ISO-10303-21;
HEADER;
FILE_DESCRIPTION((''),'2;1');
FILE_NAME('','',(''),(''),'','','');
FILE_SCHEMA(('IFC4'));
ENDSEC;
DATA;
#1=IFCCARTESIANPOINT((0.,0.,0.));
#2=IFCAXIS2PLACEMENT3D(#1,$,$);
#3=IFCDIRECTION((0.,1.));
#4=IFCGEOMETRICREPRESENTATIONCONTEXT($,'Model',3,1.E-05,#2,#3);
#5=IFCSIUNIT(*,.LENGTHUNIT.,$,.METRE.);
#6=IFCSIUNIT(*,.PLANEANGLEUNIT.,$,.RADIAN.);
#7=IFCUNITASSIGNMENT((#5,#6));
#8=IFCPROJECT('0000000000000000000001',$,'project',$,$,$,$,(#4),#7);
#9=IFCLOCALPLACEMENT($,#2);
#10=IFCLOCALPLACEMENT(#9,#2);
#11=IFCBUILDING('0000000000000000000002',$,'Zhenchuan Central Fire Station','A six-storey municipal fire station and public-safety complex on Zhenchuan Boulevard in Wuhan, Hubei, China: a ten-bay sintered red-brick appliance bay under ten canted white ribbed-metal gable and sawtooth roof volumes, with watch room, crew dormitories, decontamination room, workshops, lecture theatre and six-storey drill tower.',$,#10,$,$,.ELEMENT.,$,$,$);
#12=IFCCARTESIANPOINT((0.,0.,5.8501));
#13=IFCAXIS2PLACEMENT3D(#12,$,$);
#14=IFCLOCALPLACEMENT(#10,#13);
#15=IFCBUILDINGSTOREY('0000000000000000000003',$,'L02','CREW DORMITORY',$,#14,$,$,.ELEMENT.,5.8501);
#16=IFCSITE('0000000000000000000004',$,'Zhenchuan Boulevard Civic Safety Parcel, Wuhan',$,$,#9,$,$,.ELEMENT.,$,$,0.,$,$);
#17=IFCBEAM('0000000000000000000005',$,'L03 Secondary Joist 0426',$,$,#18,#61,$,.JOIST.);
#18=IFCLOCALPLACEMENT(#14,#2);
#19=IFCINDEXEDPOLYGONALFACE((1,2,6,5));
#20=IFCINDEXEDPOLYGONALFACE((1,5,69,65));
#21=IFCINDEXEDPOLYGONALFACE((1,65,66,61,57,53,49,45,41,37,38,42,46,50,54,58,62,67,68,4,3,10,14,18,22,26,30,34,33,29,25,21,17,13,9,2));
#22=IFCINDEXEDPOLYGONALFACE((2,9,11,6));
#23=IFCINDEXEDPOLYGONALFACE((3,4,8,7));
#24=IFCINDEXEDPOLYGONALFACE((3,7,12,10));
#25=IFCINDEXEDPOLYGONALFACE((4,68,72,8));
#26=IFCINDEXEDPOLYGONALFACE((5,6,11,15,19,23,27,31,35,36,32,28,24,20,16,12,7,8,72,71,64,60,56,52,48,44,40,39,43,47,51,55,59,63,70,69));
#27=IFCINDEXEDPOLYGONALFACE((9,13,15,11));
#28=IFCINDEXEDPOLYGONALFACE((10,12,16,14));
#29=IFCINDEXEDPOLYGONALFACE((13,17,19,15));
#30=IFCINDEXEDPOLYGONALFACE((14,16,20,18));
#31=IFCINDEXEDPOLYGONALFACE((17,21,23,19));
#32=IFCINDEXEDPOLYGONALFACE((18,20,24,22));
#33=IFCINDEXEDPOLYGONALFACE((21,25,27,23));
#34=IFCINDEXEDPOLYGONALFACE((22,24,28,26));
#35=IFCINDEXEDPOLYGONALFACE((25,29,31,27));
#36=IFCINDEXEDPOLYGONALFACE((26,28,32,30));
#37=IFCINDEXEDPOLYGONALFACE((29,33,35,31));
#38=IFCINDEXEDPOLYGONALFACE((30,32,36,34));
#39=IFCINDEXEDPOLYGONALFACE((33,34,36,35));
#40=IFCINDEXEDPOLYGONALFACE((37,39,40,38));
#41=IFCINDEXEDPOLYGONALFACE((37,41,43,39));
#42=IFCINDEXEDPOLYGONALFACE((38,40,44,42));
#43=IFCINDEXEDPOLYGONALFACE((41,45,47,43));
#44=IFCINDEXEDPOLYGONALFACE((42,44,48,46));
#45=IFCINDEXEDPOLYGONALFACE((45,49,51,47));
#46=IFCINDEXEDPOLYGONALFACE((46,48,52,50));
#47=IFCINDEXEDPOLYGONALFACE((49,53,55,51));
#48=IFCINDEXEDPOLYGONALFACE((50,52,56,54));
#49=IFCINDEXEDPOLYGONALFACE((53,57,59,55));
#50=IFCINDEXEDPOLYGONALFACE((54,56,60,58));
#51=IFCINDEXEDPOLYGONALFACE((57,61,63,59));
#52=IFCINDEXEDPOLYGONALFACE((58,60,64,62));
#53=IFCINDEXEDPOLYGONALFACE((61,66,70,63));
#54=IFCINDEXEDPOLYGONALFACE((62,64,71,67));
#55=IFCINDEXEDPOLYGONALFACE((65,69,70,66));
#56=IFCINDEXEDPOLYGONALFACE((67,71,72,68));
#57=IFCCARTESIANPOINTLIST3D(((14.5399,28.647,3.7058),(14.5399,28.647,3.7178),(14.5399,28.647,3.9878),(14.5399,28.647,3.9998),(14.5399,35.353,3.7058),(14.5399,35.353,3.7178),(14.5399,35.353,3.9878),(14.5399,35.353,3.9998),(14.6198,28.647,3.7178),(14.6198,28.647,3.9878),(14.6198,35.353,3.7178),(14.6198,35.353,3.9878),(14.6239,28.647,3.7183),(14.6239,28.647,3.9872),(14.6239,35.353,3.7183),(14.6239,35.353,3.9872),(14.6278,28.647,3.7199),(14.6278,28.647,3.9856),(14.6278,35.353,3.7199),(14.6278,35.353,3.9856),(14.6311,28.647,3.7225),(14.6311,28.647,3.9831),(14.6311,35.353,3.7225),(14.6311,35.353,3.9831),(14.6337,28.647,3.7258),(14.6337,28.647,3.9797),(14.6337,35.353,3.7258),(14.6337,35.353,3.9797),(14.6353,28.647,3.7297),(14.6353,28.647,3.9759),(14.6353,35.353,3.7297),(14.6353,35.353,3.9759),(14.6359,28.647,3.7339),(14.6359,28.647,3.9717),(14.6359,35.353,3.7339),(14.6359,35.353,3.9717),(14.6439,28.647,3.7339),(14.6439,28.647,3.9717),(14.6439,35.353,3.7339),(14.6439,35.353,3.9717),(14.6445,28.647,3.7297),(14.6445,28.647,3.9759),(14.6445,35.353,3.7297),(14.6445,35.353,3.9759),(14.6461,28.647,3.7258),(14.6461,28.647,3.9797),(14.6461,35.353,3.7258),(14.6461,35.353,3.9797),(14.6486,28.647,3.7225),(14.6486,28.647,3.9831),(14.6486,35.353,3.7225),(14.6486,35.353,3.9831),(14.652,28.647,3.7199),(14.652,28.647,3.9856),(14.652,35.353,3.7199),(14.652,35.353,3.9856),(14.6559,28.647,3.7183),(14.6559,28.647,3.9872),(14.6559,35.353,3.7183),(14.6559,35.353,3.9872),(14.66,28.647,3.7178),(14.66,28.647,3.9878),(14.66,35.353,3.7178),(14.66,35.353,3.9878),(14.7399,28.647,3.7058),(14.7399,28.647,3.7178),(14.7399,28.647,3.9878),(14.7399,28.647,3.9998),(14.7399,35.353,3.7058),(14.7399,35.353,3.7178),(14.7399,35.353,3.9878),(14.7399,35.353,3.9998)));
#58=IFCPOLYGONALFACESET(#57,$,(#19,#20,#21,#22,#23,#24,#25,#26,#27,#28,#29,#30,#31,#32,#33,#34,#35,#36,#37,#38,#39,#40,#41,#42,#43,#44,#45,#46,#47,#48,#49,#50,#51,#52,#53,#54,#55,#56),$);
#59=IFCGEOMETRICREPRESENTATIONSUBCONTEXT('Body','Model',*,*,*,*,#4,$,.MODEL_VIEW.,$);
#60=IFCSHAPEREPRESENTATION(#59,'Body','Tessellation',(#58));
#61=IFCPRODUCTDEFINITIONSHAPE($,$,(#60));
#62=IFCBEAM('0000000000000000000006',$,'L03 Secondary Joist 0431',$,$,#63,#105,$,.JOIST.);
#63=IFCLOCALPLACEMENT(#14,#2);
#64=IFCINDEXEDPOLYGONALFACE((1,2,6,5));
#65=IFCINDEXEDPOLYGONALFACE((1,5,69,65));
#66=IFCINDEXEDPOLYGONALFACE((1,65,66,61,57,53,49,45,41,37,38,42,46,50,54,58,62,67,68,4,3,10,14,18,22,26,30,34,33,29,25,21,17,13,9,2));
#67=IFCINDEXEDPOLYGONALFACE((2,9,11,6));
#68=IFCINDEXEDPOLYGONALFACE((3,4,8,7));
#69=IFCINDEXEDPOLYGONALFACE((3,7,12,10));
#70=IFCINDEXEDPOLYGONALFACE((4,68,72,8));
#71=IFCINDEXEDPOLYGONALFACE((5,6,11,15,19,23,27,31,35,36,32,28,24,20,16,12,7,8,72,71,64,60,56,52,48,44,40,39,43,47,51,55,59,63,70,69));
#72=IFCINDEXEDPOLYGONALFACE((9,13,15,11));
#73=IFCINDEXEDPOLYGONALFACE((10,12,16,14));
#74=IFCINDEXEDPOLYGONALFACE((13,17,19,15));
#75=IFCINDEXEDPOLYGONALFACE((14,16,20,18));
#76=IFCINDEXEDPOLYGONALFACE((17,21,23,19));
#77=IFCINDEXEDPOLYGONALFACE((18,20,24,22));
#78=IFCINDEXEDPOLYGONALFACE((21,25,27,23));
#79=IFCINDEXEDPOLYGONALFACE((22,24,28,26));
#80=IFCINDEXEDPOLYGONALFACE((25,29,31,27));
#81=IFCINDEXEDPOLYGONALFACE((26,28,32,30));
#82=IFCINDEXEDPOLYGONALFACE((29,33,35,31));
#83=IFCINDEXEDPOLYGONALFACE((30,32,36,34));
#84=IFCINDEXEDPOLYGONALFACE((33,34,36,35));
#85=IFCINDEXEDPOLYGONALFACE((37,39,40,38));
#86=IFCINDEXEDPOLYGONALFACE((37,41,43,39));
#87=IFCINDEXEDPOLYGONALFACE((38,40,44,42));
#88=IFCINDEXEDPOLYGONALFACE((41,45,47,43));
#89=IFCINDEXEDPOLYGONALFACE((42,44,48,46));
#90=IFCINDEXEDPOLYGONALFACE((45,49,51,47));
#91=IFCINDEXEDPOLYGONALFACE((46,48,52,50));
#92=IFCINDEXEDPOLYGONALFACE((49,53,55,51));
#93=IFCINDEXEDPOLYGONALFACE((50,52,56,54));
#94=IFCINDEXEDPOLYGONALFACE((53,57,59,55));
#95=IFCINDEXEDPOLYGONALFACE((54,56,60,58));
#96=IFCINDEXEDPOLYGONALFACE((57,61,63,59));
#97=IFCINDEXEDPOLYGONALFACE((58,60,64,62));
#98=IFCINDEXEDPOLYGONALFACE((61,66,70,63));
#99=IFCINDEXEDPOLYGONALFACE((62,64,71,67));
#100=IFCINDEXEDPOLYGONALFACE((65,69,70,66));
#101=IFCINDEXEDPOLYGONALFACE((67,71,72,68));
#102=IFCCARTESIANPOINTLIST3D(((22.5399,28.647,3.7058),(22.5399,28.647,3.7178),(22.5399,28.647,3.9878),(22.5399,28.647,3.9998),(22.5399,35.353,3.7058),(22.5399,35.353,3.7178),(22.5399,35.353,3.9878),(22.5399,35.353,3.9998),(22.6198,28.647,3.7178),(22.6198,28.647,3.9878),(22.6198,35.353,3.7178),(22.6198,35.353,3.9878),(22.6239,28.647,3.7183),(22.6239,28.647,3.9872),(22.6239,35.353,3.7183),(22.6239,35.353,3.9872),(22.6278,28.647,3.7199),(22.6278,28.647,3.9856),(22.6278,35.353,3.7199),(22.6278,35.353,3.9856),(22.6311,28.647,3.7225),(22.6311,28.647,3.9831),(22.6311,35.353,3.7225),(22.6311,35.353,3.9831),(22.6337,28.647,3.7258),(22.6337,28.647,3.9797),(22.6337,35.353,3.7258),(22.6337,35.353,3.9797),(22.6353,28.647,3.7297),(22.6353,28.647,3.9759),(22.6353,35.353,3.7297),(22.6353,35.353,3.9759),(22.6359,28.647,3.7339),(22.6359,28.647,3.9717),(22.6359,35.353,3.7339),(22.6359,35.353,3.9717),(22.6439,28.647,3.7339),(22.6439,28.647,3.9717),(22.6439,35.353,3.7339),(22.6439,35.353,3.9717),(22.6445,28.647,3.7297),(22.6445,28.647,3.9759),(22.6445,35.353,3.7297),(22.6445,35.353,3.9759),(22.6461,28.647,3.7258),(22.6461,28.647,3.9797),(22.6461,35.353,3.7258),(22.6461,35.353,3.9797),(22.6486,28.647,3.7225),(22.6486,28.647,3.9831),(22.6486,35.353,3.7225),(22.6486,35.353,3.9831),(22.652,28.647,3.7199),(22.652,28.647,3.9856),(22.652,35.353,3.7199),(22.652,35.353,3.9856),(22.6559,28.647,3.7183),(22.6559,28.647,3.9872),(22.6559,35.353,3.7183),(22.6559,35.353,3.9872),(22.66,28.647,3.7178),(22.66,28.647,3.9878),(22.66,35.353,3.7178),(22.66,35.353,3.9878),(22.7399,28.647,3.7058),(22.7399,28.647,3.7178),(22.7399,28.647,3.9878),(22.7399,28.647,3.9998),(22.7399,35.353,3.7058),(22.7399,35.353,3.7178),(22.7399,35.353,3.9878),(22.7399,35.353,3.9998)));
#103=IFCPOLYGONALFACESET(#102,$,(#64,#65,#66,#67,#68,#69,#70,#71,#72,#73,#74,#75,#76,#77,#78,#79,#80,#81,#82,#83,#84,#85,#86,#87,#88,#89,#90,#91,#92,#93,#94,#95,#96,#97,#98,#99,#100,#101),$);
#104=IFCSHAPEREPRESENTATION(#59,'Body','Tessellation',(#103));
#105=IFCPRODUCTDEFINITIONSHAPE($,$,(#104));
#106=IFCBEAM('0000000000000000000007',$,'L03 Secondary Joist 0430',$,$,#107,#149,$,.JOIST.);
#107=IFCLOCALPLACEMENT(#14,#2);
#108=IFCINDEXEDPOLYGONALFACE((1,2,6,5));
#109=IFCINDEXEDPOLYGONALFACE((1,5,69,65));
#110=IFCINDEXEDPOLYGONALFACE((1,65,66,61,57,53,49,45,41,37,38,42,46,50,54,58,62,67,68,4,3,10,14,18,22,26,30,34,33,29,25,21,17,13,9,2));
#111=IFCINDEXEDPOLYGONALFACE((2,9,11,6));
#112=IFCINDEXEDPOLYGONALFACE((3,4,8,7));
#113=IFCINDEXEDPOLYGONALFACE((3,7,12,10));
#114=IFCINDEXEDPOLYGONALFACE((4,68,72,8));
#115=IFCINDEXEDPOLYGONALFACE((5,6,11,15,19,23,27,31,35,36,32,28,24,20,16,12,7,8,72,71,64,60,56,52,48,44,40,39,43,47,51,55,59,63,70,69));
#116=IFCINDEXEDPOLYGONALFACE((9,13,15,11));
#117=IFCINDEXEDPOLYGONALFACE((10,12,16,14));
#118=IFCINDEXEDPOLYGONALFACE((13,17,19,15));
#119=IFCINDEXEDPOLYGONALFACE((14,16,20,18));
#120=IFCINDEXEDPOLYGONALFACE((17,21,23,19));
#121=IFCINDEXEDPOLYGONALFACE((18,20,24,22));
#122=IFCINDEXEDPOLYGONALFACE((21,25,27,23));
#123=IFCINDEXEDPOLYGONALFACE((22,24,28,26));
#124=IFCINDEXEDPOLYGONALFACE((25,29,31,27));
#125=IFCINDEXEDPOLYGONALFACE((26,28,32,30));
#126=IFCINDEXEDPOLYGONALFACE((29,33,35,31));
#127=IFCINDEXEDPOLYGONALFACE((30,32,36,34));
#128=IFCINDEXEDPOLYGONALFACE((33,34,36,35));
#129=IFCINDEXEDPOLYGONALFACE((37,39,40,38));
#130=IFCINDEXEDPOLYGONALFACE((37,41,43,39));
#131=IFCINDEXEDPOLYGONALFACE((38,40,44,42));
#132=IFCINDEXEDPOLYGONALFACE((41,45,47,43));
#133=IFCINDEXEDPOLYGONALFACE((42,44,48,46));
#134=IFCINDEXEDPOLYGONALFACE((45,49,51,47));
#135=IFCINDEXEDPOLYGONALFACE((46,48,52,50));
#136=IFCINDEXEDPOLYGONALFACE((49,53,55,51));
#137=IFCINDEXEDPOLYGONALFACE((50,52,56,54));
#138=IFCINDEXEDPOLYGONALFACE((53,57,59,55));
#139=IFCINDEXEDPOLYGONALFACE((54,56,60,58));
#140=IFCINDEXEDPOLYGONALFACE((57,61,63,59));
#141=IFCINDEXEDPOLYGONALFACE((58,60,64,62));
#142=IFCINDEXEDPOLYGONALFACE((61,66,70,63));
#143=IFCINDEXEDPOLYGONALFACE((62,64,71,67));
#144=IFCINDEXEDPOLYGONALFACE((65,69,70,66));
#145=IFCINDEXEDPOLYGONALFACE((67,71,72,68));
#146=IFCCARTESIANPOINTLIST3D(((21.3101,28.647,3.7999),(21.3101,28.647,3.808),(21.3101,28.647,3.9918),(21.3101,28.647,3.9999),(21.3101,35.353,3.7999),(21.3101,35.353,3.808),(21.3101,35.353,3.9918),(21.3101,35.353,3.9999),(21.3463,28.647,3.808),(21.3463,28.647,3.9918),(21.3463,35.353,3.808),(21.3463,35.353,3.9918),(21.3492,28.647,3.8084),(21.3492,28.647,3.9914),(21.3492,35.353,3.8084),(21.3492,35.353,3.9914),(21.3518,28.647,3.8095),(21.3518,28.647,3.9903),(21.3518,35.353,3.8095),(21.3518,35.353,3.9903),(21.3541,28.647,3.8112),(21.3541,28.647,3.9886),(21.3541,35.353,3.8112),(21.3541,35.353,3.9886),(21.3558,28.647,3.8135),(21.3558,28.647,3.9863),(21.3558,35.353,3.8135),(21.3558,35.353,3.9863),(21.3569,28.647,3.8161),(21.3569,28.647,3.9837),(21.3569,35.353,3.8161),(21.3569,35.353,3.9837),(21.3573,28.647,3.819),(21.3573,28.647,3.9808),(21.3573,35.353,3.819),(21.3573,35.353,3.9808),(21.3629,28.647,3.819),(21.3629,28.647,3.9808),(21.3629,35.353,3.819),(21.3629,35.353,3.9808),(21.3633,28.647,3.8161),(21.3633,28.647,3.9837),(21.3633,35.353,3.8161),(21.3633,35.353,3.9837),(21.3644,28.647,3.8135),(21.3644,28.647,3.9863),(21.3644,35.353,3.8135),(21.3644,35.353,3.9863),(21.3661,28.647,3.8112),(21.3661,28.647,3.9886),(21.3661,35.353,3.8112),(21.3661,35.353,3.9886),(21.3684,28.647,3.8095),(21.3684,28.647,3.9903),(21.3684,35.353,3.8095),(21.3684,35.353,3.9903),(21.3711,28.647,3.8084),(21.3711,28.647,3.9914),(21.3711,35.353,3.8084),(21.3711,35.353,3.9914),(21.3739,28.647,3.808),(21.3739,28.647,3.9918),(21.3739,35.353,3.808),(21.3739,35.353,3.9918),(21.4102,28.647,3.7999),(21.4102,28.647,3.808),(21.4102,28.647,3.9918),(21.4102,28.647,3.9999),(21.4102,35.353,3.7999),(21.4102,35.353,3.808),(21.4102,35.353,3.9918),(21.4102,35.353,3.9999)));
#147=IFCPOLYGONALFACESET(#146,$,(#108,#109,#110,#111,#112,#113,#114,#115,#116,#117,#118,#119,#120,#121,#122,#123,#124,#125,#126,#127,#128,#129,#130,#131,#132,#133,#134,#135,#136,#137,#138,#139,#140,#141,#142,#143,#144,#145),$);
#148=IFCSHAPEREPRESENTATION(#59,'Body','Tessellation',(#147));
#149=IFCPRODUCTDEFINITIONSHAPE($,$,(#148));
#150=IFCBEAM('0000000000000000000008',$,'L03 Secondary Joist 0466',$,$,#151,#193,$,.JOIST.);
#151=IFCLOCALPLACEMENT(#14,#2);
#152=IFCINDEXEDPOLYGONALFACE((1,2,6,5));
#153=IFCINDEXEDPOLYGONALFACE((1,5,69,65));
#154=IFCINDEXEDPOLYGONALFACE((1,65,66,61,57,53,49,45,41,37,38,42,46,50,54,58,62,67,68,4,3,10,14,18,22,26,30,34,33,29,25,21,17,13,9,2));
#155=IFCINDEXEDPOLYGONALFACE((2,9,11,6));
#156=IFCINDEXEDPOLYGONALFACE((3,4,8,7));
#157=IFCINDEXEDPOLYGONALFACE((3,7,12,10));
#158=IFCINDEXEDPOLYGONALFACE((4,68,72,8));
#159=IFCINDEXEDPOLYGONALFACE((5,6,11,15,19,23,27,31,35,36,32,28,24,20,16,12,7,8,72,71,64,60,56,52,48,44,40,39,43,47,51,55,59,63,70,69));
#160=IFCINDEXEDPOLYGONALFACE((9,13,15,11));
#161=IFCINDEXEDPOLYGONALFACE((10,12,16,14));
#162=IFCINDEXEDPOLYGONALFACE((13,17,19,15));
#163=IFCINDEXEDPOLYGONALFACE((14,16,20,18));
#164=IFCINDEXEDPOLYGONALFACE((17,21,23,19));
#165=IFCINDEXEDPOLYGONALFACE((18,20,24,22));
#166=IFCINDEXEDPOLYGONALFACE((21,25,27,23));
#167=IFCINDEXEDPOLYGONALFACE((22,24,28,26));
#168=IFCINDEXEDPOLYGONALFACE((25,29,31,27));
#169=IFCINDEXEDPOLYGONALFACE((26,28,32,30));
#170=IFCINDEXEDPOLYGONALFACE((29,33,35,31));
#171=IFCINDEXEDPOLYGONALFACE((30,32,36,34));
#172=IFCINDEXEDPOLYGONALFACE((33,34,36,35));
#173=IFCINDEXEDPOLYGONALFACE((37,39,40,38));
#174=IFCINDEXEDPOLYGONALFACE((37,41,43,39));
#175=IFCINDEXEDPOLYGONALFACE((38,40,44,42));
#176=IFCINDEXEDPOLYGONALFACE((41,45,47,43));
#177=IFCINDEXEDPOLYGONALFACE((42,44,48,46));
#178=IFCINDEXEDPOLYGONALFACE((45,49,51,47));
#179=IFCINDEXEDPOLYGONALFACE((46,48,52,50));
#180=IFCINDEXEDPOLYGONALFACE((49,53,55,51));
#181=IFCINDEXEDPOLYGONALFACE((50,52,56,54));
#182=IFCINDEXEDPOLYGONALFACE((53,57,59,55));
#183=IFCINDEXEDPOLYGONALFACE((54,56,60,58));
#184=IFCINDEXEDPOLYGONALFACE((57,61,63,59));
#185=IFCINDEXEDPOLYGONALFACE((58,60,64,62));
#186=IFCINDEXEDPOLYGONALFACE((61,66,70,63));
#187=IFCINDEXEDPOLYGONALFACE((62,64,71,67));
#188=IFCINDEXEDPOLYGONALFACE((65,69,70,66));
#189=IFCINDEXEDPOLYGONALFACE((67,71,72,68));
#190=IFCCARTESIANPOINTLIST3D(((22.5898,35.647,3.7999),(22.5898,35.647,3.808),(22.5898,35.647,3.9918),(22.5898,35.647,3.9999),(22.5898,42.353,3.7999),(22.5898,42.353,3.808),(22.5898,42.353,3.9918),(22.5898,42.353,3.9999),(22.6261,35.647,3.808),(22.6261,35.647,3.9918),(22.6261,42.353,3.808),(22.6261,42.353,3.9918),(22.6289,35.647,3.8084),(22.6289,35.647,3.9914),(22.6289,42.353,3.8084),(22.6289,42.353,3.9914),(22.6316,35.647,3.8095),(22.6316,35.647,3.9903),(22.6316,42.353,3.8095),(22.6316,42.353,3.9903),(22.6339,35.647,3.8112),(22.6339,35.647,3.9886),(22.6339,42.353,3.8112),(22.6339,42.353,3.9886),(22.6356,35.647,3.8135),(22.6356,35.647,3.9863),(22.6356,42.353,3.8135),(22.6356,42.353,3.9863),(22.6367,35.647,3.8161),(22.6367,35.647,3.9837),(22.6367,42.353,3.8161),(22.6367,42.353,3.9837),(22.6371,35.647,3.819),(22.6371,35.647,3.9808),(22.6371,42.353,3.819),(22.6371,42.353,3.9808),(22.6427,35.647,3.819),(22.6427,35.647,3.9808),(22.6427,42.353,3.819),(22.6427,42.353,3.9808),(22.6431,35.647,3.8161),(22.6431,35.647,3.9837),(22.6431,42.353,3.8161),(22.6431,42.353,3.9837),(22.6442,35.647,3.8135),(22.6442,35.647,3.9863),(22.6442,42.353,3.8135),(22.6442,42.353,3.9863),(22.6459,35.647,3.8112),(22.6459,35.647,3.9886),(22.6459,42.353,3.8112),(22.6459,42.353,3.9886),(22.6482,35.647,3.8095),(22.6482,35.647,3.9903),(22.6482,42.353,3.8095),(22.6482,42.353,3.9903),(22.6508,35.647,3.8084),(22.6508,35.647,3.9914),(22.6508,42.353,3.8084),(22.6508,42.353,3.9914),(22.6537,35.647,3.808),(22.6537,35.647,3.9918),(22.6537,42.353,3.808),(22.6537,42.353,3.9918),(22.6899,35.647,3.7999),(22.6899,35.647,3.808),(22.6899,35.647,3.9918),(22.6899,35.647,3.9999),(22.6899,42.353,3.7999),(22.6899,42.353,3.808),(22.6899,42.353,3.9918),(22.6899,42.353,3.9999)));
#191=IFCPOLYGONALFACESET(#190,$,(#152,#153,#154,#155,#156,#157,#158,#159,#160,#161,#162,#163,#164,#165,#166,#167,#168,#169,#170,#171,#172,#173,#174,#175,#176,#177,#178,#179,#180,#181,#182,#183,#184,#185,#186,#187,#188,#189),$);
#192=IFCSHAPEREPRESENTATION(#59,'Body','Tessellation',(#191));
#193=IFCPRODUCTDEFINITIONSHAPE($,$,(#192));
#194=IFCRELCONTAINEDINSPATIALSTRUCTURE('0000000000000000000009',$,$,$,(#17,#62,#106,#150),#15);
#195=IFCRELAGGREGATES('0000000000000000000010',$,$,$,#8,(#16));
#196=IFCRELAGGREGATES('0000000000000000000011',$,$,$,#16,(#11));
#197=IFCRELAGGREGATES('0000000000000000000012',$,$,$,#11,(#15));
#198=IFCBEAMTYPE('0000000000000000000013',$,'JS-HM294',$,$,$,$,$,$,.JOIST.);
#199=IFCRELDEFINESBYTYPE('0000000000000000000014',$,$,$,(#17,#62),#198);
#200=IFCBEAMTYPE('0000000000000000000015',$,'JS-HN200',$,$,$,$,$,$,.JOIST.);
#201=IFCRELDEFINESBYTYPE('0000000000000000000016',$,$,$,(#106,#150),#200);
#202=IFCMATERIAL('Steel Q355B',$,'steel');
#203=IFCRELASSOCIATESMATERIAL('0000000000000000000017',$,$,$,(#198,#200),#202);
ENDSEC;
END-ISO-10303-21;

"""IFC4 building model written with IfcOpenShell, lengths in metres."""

from ifc_helpers import new_model, si_unit, direction, frame, origin, origin_2d, place, context, subcontext, project, spatial, i_section, extrude, material, material_profile, profile_set, type_object, element, save


model = new_model("IFC4")

# Units and contexts
model_context = context("Model", 3, precision=1e-05, world=origin(), true_north=direction((0.0, 1.0)))
body_context = subcontext(model_context, "Body", "Model", "MODEL_VIEW")
ifc_project = project(units=[si_unit("LENGTHUNIT", "METRE"), si_unit("PLANEANGLEUNIT", "RADIAN")], contexts=[model_context])

# Site, building, storey
site_placement = place(None, origin())
site = spatial("IfcSite", under=ifc_project, at=site_placement, Name="Zhenchuan Boulevard Civic Safety Parcel, Wuhan", CompositionType="ELEMENT", RefElevation=0.0)
building_placement = place(site_placement, origin())
building = spatial("IfcBuilding", under=site, at=building_placement, Name="Zhenchuan Central Fire Station", Description="A six-storey municipal fire station and public-safety complex on Zhenchuan Boulevard in Wuhan, Hubei, China: a ten-bay sintered red-brick appliance bay under ten canted white ribbed-metal gable and sawtooth roof volumes, with watch room, crew dormitories, decontamination room, workshops, lecture theatre and six-storey drill tower.", CompositionType="ELEMENT")
storey_placement = place(building_placement, frame((0.0, 0.0, 5.8501)))
storey = spatial("IfcBuildingStorey", under=building, at=storey_placement, Name="L02", Description="CREW DORMITORY", CompositionType="ELEMENT", Elevation=5.8501)

# Shared definitions
ifc_material_1 = material(Name="Steel Q355B", Category="steel")

# Beams
ifc_material_profile_1 = material_profile(ifc_material_1, i_section(OverallWidth=0.2, OverallDepth=0.2939, WebThickness=0.0081, FlangeThickness=0.012, FilletRadius=0.0161, at=origin_2d()), Name="HM 294x200")
ifc_profile_set_1 = profile_set([ifc_material_profile_1], Name="Steel Q355B")
beam_type_1 = type_object("IfcBeamType", Name="JS-HM294", PredefinedType="JOIST", material=ifc_profile_set_1)
for number, where, z_axis, x_axis, name in (
    (1, (14.6399, 28.647, 3.8528), (0.0, 1.0, 0.0), (-1.0, 0.0, 0.0), "L03 Secondary Joist 0426"),
    (2, (22.6399, 28.647, 3.8528), (0.0, 1.0, 0.0), (-1.0, 0.0, 0.0), "L03 Secondary Joist 0431"),
):
    element("IfcBeam", number, at=place(storey_placement, frame(where, z_axis=z_axis, x_axis=x_axis)), inside=storey, type_object=beam_type_1, Name=name, PredefinedType="JOIST", context=body_context, shape_type="SweptSolid", body=[
        extrude(i_section(OverallWidth=0.2, OverallDepth=0.2939, WebThickness=0.0081, FlangeThickness=0.012, FilletRadius=0.0161, at=origin_2d()), origin(), (0.0, 0.0, 1.0), 6.7061),
    ])
ifc_material_profile_2 = material_profile(ifc_material_1, i_section(OverallWidth=0.1001, OverallDepth=0.2, WebThickness=0.0056, FlangeThickness=0.0081, FilletRadius=0.011, at=origin_2d()), Name="HN 200x100")
ifc_profile_set_2 = profile_set([ifc_material_profile_2], Name="Steel Q355B")
beam_type_2 = type_object("IfcBeamType", Name="JS-HN200", PredefinedType="JOIST", material=ifc_profile_set_2)
for number, where, z_axis, x_axis, name in (
    (3, (21.3601, 28.647, 3.8999), (0.0, 1.0, 0.0), (-1.0, 0.0, 0.0), "L03 Secondary Joist 0430"),
    (4, (22.6399, 35.647, 3.8999), (0.0, 1.0, 0.0), (-1.0, 0.0, 0.0), "L03 Secondary Joist 0466"),
):
    element("IfcBeam", number, at=place(storey_placement, frame(where, z_axis=z_axis, x_axis=x_axis)), inside=storey, type_object=beam_type_2, Name=name, PredefinedType="JOIST", context=body_context, shape_type="SweptSolid", body=[
        extrude(i_section(OverallWidth=0.1001, OverallDepth=0.2, WebThickness=0.0056, FlangeThickness=0.0081, FilletRadius=0.011, at=origin_2d()), origin(), (0.0, 0.0, 1.0), 6.7061),
    ])

save(model, "model.ifc")
